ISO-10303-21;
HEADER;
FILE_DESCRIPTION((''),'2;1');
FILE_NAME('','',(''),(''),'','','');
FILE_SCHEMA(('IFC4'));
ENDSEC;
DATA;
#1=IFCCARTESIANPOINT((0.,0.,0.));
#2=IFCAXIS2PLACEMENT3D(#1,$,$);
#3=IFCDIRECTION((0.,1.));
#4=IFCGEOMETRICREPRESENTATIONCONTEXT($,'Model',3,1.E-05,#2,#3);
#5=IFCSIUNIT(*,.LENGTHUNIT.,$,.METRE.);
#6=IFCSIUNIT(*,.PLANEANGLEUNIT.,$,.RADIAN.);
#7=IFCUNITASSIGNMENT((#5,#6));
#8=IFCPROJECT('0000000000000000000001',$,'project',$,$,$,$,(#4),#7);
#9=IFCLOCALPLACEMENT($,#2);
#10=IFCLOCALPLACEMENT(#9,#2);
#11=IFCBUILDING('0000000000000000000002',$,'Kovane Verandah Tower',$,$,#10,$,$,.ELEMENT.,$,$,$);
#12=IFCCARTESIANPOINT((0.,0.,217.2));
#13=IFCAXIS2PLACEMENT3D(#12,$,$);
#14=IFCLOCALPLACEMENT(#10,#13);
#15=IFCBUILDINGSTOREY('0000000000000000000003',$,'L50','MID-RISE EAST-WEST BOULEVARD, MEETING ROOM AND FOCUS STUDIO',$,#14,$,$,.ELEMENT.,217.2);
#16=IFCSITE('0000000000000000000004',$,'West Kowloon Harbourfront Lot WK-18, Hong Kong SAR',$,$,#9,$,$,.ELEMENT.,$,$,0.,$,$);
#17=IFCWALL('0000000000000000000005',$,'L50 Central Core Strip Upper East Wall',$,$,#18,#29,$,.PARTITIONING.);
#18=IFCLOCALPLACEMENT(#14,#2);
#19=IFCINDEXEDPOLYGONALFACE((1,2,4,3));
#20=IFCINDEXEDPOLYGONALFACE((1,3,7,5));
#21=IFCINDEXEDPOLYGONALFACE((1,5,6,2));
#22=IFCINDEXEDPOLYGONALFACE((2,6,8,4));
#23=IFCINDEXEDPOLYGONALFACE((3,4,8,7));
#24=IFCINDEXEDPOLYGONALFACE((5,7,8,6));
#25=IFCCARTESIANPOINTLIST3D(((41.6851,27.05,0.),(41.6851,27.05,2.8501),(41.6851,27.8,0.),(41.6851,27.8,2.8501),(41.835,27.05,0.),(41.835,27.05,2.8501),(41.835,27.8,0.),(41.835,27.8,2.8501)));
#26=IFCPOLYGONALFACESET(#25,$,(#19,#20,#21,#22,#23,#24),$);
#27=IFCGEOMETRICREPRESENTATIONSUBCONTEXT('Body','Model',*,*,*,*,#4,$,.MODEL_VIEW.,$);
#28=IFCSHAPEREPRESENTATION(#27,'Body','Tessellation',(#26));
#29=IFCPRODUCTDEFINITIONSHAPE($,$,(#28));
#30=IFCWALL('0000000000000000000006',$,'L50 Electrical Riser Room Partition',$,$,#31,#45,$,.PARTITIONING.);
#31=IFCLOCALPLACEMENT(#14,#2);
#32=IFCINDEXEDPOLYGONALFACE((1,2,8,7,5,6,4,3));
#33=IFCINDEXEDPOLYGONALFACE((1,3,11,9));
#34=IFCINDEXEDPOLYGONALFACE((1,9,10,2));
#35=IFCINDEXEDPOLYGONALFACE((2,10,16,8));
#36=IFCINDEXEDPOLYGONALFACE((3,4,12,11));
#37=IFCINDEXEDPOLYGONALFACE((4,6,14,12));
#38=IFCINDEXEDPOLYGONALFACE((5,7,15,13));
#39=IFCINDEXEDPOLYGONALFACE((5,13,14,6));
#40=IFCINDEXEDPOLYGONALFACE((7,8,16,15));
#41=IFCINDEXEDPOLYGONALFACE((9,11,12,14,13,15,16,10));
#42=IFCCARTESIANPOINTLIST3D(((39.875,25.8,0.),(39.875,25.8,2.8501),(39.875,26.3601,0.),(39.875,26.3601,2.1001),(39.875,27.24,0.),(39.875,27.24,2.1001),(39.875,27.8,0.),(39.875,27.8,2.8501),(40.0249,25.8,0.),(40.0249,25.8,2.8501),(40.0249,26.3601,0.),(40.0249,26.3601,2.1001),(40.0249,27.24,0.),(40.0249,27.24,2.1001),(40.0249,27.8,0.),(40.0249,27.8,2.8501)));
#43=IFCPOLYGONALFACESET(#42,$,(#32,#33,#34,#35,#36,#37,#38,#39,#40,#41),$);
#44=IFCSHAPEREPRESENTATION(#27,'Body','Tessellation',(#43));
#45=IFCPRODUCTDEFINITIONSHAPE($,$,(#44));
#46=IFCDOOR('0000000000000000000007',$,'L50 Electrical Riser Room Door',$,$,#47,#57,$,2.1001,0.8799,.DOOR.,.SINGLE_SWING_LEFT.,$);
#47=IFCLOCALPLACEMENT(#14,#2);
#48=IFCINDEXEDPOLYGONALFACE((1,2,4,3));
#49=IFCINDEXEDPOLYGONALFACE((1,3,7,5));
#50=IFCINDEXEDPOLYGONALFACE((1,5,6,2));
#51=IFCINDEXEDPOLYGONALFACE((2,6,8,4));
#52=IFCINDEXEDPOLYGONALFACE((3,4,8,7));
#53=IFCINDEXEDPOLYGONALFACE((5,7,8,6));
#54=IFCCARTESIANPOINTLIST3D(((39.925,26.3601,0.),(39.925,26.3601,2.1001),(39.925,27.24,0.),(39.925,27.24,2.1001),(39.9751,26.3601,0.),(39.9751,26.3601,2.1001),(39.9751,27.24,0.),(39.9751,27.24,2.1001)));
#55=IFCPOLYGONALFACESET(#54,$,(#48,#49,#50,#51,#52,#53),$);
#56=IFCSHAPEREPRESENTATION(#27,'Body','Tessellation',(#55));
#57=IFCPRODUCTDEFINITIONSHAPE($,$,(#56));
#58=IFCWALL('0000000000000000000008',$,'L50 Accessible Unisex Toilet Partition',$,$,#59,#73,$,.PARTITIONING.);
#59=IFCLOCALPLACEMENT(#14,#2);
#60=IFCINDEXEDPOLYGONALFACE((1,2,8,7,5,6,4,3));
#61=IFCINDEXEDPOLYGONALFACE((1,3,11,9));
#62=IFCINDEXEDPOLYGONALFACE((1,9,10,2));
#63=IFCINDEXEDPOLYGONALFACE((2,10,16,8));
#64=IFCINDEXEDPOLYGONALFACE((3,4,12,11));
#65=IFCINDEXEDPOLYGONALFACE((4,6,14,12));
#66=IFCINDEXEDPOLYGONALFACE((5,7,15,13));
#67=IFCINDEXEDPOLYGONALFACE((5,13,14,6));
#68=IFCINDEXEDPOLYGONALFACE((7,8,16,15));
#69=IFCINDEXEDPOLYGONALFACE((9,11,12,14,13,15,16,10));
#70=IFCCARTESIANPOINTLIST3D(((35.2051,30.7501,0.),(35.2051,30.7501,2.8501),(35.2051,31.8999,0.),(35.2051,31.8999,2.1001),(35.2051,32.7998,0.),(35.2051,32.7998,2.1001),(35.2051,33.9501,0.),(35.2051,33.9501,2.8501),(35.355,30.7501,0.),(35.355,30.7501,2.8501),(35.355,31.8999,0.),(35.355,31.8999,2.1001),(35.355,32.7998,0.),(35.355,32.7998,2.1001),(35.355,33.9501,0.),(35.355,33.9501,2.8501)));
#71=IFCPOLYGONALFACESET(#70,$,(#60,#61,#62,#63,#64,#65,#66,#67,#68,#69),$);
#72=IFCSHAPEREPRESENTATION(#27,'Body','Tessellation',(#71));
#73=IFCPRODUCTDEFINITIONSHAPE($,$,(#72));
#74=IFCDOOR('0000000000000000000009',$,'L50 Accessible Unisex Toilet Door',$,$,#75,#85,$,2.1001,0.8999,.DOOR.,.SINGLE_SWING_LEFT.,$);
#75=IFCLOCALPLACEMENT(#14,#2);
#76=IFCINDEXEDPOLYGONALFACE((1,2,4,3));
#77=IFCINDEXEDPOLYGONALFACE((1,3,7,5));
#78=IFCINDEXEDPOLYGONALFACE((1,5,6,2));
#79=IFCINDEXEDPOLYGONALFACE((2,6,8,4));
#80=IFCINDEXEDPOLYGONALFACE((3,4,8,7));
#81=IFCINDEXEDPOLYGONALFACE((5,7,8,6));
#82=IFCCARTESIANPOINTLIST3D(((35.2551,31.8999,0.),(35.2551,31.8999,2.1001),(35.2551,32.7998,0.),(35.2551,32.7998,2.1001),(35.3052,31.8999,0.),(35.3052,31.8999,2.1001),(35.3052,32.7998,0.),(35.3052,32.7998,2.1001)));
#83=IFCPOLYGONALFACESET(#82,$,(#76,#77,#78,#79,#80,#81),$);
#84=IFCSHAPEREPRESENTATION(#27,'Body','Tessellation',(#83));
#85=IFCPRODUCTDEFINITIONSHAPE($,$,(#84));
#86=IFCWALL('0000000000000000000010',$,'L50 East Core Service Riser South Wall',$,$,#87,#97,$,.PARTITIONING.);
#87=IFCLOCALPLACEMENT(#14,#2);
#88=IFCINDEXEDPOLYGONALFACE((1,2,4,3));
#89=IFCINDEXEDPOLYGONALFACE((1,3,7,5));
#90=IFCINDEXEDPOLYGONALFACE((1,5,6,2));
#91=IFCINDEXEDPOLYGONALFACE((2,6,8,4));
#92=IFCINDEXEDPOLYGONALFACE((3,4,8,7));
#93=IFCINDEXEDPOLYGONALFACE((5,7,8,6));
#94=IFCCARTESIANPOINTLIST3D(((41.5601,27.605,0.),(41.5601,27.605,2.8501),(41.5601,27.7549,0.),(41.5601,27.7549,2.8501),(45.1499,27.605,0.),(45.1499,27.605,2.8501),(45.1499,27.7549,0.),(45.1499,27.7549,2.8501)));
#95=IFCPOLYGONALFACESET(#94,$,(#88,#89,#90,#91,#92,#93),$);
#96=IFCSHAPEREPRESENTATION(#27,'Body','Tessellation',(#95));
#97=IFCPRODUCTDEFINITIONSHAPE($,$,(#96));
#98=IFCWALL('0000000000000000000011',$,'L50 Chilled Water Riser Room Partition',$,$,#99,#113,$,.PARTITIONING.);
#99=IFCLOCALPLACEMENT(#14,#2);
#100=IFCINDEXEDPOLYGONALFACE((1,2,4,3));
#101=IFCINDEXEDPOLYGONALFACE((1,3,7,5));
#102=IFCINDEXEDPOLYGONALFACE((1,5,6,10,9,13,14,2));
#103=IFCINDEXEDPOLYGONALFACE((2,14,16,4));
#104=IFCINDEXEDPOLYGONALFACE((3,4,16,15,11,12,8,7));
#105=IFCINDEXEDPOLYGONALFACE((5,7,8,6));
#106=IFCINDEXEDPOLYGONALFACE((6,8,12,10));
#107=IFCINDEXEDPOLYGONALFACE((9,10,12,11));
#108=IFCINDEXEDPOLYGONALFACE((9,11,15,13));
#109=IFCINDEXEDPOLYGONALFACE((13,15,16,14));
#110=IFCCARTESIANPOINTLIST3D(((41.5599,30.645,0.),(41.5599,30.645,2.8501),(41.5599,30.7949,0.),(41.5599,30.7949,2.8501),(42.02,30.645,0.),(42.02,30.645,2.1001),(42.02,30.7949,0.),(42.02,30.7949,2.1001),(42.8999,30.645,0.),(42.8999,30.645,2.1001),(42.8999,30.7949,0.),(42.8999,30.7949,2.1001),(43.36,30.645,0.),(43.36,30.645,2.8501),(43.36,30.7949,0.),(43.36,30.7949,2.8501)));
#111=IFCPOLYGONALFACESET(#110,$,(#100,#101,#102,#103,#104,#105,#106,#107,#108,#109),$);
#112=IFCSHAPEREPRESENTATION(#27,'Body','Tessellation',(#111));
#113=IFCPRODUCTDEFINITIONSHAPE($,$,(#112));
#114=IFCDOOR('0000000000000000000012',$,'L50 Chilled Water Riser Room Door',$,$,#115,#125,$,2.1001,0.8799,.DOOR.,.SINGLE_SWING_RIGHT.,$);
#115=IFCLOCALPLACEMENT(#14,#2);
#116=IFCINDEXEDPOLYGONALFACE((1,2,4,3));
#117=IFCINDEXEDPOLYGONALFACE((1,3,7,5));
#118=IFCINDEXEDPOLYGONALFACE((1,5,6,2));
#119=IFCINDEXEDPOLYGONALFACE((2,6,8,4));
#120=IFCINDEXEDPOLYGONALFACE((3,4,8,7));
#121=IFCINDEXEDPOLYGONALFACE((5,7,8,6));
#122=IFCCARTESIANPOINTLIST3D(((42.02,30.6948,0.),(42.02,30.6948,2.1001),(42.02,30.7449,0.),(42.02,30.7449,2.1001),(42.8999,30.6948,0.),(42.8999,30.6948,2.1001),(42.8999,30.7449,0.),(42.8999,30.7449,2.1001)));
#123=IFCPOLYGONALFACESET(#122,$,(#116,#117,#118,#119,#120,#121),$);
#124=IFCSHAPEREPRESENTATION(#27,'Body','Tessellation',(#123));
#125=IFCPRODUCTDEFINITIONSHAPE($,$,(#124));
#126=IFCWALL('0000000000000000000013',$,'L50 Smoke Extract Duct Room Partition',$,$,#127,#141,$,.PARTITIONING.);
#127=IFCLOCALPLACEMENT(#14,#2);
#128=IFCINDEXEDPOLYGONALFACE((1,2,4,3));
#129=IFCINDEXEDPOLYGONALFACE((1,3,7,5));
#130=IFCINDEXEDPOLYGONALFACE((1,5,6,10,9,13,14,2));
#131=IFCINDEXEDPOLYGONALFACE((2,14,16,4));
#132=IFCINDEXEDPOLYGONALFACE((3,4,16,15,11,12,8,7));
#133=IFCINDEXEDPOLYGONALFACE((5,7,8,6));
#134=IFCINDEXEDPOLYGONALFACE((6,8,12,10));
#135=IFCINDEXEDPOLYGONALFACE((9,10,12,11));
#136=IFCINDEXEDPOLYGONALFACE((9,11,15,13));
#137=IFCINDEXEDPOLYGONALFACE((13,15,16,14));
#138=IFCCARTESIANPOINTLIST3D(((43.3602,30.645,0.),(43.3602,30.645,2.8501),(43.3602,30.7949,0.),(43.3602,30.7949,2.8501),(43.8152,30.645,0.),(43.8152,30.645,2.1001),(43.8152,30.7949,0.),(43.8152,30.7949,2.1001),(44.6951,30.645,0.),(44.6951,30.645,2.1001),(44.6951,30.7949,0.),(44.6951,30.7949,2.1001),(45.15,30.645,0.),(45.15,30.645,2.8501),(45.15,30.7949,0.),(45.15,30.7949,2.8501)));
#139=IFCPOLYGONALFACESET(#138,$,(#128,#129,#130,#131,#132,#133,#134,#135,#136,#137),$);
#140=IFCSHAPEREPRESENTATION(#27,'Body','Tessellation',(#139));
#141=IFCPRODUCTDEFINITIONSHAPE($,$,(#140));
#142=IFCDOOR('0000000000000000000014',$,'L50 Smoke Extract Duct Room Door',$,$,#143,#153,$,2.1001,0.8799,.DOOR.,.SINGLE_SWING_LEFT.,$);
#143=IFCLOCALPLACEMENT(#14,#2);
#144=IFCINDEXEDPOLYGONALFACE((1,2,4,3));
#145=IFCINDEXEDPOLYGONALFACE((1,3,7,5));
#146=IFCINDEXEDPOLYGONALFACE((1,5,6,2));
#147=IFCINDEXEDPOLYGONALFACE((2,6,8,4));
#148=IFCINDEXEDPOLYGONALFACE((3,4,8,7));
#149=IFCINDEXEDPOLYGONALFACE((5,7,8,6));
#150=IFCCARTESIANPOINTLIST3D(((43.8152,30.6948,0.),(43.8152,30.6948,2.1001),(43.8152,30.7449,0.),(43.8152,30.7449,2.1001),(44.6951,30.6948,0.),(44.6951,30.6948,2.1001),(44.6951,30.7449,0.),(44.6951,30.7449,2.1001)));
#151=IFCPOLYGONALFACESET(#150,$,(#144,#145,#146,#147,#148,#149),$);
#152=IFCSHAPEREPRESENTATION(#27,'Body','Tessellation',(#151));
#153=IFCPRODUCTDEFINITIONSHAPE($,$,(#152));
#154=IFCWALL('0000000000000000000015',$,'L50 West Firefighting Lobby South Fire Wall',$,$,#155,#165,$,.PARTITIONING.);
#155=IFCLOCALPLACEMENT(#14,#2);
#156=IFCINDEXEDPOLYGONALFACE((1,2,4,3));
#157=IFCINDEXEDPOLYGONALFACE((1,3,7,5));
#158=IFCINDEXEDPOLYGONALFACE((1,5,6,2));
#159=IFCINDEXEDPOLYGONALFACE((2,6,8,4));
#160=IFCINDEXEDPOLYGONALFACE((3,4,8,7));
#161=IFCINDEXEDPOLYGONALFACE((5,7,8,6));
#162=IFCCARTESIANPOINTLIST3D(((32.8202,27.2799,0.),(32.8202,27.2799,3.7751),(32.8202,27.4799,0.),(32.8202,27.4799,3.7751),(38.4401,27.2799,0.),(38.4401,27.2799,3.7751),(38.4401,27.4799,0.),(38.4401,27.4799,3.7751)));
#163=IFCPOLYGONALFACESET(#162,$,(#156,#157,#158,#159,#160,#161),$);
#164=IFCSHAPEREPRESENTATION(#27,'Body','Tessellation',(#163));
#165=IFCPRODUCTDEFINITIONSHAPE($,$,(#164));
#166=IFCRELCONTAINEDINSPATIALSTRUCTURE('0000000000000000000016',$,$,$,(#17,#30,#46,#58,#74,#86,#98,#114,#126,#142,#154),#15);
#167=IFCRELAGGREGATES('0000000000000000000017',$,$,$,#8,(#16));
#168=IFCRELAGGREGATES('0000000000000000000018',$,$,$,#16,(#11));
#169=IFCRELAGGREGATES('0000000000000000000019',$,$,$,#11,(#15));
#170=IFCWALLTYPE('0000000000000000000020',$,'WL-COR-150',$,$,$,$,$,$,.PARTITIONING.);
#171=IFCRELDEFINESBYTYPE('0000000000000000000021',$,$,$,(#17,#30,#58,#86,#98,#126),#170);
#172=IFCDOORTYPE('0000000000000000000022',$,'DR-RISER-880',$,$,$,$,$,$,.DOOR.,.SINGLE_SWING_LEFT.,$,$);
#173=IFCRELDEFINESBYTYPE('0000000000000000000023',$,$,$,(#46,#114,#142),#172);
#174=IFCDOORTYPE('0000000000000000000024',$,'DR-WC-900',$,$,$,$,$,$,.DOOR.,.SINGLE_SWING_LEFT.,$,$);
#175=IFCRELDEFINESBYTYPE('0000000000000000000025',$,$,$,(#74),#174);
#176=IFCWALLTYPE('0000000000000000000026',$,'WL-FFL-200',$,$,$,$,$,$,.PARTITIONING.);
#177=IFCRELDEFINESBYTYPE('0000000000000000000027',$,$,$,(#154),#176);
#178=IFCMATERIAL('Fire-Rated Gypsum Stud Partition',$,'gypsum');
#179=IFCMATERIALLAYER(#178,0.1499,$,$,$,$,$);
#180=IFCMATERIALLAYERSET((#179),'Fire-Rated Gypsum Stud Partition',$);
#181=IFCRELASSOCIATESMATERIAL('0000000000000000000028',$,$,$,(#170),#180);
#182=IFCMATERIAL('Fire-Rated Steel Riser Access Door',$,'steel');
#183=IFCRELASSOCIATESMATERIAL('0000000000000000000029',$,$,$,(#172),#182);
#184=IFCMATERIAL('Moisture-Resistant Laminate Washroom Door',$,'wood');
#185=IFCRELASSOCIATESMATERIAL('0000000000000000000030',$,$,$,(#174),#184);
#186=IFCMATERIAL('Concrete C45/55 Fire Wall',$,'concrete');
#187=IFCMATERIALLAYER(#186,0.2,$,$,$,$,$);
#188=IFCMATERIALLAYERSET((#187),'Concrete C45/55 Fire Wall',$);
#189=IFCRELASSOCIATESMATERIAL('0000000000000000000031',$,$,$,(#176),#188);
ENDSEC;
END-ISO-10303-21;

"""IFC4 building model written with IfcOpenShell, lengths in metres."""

from ifc_helpers import new_model, si_unit, direction, frame, frame_2d, origin, place, context, subcontext, project, spatial, rectangle, extrude, material, layer, layer_set, type_object, element, fill, save


model = new_model("IFC4")

# Units and contexts
model_context = context("Model", 3, precision=1e-05, world=origin(), true_north=direction((0.0, 1.0)))
body_context = subcontext(model_context, "Body", "Model", "MODEL_VIEW")
ifc_project = project(units=[si_unit("LENGTHUNIT", "METRE"), si_unit("PLANEANGLEUNIT", "RADIAN")], contexts=[model_context])

# Site, building, storey
site_placement = place(None, origin())
site = spatial("IfcSite", under=ifc_project, at=site_placement, Name="West Kowloon Harbourfront Lot WK-18, Hong Kong SAR", CompositionType="ELEMENT", RefElevation=0.0)
building_placement = place(site_placement, origin())
building = spatial("IfcBuilding", under=site, at=building_placement, Name="Kovane Verandah Tower", CompositionType="ELEMENT")
storey_placement = place(building_placement, frame((0.0, 0.0, 217.2)))
storey = spatial("IfcBuildingStorey", under=building, at=storey_placement, Name="L50", Description="MID-RISE EAST-WEST BOULEVARD, MEETING ROOM AND FOCUS STUDIO", CompositionType="ELEMENT", Elevation=217.2)

# Wall
ifc_material_1 = material(Name="Fire-Rated Gypsum Stud Partition", Category="gypsum")
ifc_layer_1 = layer(ifc_material_1, 0.1499)
ifc_layer_set_1 = layer_set([ifc_layer_1], Name="Fire-Rated Gypsum Stud Partition")
wall_type_1 = type_object("IfcWallType", Name="WL-COR-150", PredefinedType="PARTITIONING", material=ifc_layer_set_1)
wall_1_placement = place(storey_placement, frame((41.76, 27.05, 0.0), z_axis=(0.0, 0.0, 1.0), x_axis=(0.0, 1.0, 0.0)))
element("IfcWall", 1, at=wall_1_placement, inside=storey, type_object=wall_type_1, Name="L50 Central Core Strip Upper East Wall", PredefinedType="PARTITIONING", context=body_context, shape_type="SweptSolid", body=[
    extrude(rectangle(XDim=0.75, YDim=0.1499, at=frame_2d((0.375, 0.0))), origin(), (0.0, 0.0, 1.0), 2.8501),
])

# Walls, openings, doors
wall_2_placement = place(storey_placement, frame((39.95, 25.8, 0.0), z_axis=(0.0, 0.0, 1.0), x_axis=(0.0, 1.0, 0.0)))
wall_2 = element("IfcWall", 2, at=wall_2_placement, inside=storey, type_object=wall_type_1, Name="L50 Electrical Riser Room Partition", PredefinedType="PARTITIONING", context=body_context, shape_type="SweptSolid", body=[
    extrude(rectangle(XDim=2.0, YDim=0.1499, at=frame_2d((1.0, 0.0))), origin(), (0.0, 0.0, 1.0), 2.8501),
])
opening_1_placement = place(wall_2_placement, frame((0.5601, 0.0, 0.0)))
opening_1 = element("IfcOpeningElement", 3, at=opening_1_placement, cuts=wall_2, PredefinedType="OPENING", context=body_context, shape_type="SweptSolid", body=[
    extrude(rectangle(XDim=0.8799, YDim=2.1001, at=frame_2d((0.4399, 1.05))), frame((0.0, 0.075, 0.0), z_axis=(0.0, -1.0, 0.0), x_axis=(1.0, 0.0, 0.0)), (0.0, 0.0, 1.0), 0.1499),
])
ifc_material_2 = material(Name="Fire-Rated Steel Riser Access Door", Category="steel")
door_type_1 = type_object("IfcDoorType", Name="DR-RISER-880", OperationType="SINGLE_SWING_LEFT", PredefinedType="DOOR", material=ifc_material_2)
door_1_placement = place(opening_1_placement, origin())
door_1 = element("IfcDoor", 4, at=door_1_placement, inside=storey, type_object=door_type_1, Name="L50 Electrical Riser Room Door", OperationType="SINGLE_SWING_LEFT", OverallHeight=2.1001, OverallWidth=0.8799, PredefinedType="DOOR", context=body_context, shape_type="SweptSolid", body=[
    extrude(rectangle(XDim=0.8799, YDim=2.1001, at=frame_2d((0.4399, 1.05))), frame((0.0, 0.0249, 0.0), z_axis=(0.0, -1.0, 0.0), x_axis=(1.0, 0.0, 0.0)), (0.0, 0.0, 1.0), 0.05),
])
fill(opening_1, door_1)
wall_3_placement = place(storey_placement, frame((35.28, 30.75, 0.0), z_axis=(0.0, 0.0, 1.0), x_axis=(0.0, 1.0, 0.0)))
wall_3 = element("IfcWall", 5, at=wall_3_placement, inside=storey, type_object=wall_type_1, Name="L50 Accessible Unisex Toilet Partition", PredefinedType="PARTITIONING", context=body_context, shape_type="SweptSolid", body=[
    extrude(rectangle(XDim=3.2, YDim=0.1499, at=frame_2d((1.6001, 0.0))), origin(), (0.0, 0.0, 1.0), 2.8501),
])
opening_2_placement = place(wall_3_placement, frame((1.1499, 0.0, 0.0)))
opening_2 = element("IfcOpeningElement", 6, at=opening_2_placement, cuts=wall_3, PredefinedType="OPENING", context=body_context, shape_type="SweptSolid", body=[
    extrude(rectangle(XDim=0.8999, YDim=2.1001, at=frame_2d((0.45, 1.05))), frame((0.0, 0.075, 0.0), z_axis=(0.0, -1.0, 0.0), x_axis=(1.0, 0.0, 0.0)), (0.0, 0.0, 1.0), 0.1499),
])
ifc_material_3 = material(Name="Moisture-Resistant Laminate Washroom Door", Category="wood")
door_type_2 = type_object("IfcDoorType", Name="DR-WC-900", OperationType="SINGLE_SWING_LEFT", PredefinedType="DOOR", material=ifc_material_3)
door_2_placement = place(opening_2_placement, origin())
door_2 = element("IfcDoor", 7, at=door_2_placement, inside=storey, type_object=door_type_2, Name="L50 Accessible Unisex Toilet Door", OperationType="SINGLE_SWING_LEFT", OverallHeight=2.1001, OverallWidth=0.8999, PredefinedType="DOOR", context=body_context, shape_type="SweptSolid", body=[
    extrude(rectangle(XDim=0.8999, YDim=2.1001, at=frame_2d((0.45, 1.05))), frame((0.0, 0.0249, 0.0), z_axis=(0.0, -1.0, 0.0), x_axis=(1.0, 0.0, 0.0)), (0.0, 0.0, 1.0), 0.05),
])
fill(opening_2, door_2)

# Wall
wall_4_placement = place(storey_placement, frame((41.5601, 27.6799, 0.0), z_axis=(0.0, 0.0, 1.0), x_axis=(1.0, 0.0, 0.0)))
element("IfcWall", 8, at=wall_4_placement, inside=storey, type_object=wall_type_1, Name="L50 East Core Service Riser South Wall", PredefinedType="PARTITIONING", context=body_context, shape_type="SweptSolid", body=[
    extrude(rectangle(XDim=3.5898, YDim=0.1499, at=frame_2d((1.7949, 0.0))), origin(), (0.0, 0.0, 1.0), 2.8501),
])

# Walls, openings, doors
wall_5_placement = place(storey_placement, frame((41.5601, 30.72, 0.0), z_axis=(0.0, 0.0, 1.0), x_axis=(1.0, 0.0, 0.0)))
wall_5 = element("IfcWall", 9, at=wall_5_placement, inside=storey, type_object=wall_type_1, Name="L50 Chilled Water Riser Room Partition", PredefinedType="PARTITIONING", context=body_context, shape_type="SweptSolid", body=[
    extrude(rectangle(XDim=1.8, YDim=0.1499, at=frame_2d((0.8999, 0.0))), origin(), (0.0, 0.0, 1.0), 2.8501),
])
opening_3_placement = place(wall_5_placement, frame((0.46, 0.0, 0.0)))
opening_3 = element("IfcOpeningElement", 10, at=opening_3_placement, cuts=wall_5, PredefinedType="OPENING", context=body_context, shape_type="SweptSolid", body=[
    extrude(rectangle(XDim=0.8799, YDim=2.1001, at=frame_2d((0.4399, 1.05))), frame((0.0, 0.075, 0.0), z_axis=(0.0, -1.0, 0.0), x_axis=(1.0, 0.0, 0.0)), (0.0, 0.0, 1.0), 0.1499),
])
door_3_placement = place(opening_3_placement, origin())
door_3 = element("IfcDoor", 11, at=door_3_placement, inside=storey, type_object=door_type_1, Name="L50 Chilled Water Riser Room Door", OperationType="SINGLE_SWING_RIGHT", OverallHeight=2.1001, OverallWidth=0.8799, PredefinedType="DOOR", context=body_context, shape_type="SweptSolid", body=[
    extrude(rectangle(XDim=0.8799, YDim=2.1001, at=frame_2d((0.4399, 1.05))), frame((0.0, 0.0249, 0.0), z_axis=(0.0, -1.0, 0.0), x_axis=(1.0, 0.0, 0.0)), (0.0, 0.0, 1.0), 0.05),
])
fill(opening_3, door_3)
wall_6_placement = place(storey_placement, frame((43.3601, 30.72, 0.0), z_axis=(0.0, 0.0, 1.0), x_axis=(1.0, 0.0, 0.0)))
wall_6 = element("IfcWall", 12, at=wall_6_placement, inside=storey, type_object=wall_type_1, Name="L50 Smoke Extract Duct Room Partition", PredefinedType="PARTITIONING", context=body_context, shape_type="SweptSolid", body=[
    extrude(rectangle(XDim=1.7898, YDim=0.1499, at=frame_2d((0.895, 0.0))), origin(), (0.0, 0.0, 1.0), 2.8501),
])
opening_4_placement = place(wall_6_placement, frame((0.4551, 0.0, 0.0)))
opening_4 = element("IfcOpeningElement", 13, at=opening_4_placement, cuts=wall_6, PredefinedType="OPENING", context=body_context, shape_type="SweptSolid", body=[
    extrude(rectangle(XDim=0.8799, YDim=2.1001, at=frame_2d((0.4399, 1.05))), frame((0.0, 0.075, 0.0), z_axis=(0.0, -1.0, 0.0), x_axis=(1.0, 0.0, 0.0)), (0.0, 0.0, 1.0), 0.1499),
])
door_4_placement = place(opening_4_placement, origin())
door_4 = element("IfcDoor", 14, at=door_4_placement, inside=storey, type_object=door_type_1, Name="L50 Smoke Extract Duct Room Door", OperationType="SINGLE_SWING_LEFT", OverallHeight=2.1001, OverallWidth=0.8799, PredefinedType="DOOR", context=body_context, shape_type="SweptSolid", body=[
    extrude(rectangle(XDim=0.8799, YDim=2.1001, at=frame_2d((0.4399, 1.05))), frame((0.0, 0.0249, 0.0), z_axis=(0.0, -1.0, 0.0), x_axis=(1.0, 0.0, 0.0)), (0.0, 0.0, 1.0), 0.05),
])
fill(opening_4, door_4)
ifc_material_4 = material(Name="Concrete C45/55 Fire Wall", Category="concrete")
ifc_layer_2 = layer(ifc_material_4, 0.2)
ifc_layer_set_2 = layer_set([ifc_layer_2], Name="Concrete C45/55 Fire Wall")
wall_type_2 = type_object("IfcWallType", Name="WL-FFL-200", PredefinedType="PARTITIONING", material=ifc_layer_set_2)

# Wall
wall_7_placement = place(storey_placement, frame((32.8201, 27.3799, 0.0), z_axis=(0.0, 0.0, 1.0), x_axis=(1.0, 0.0, 0.0)))
element("IfcWall", 15, at=wall_7_placement, inside=storey, type_object=wall_type_2, Name="L50 West Firefighting Lobby South Fire Wall", PredefinedType="PARTITIONING", context=body_context, shape_type="SweptSolid", body=[
    extrude(rectangle(XDim=5.6199, YDim=0.2, at=frame_2d((2.8101, 0.0))), origin(), (0.0, 0.0, 1.0), 3.7751),
])

save(model, "model.ifc")
